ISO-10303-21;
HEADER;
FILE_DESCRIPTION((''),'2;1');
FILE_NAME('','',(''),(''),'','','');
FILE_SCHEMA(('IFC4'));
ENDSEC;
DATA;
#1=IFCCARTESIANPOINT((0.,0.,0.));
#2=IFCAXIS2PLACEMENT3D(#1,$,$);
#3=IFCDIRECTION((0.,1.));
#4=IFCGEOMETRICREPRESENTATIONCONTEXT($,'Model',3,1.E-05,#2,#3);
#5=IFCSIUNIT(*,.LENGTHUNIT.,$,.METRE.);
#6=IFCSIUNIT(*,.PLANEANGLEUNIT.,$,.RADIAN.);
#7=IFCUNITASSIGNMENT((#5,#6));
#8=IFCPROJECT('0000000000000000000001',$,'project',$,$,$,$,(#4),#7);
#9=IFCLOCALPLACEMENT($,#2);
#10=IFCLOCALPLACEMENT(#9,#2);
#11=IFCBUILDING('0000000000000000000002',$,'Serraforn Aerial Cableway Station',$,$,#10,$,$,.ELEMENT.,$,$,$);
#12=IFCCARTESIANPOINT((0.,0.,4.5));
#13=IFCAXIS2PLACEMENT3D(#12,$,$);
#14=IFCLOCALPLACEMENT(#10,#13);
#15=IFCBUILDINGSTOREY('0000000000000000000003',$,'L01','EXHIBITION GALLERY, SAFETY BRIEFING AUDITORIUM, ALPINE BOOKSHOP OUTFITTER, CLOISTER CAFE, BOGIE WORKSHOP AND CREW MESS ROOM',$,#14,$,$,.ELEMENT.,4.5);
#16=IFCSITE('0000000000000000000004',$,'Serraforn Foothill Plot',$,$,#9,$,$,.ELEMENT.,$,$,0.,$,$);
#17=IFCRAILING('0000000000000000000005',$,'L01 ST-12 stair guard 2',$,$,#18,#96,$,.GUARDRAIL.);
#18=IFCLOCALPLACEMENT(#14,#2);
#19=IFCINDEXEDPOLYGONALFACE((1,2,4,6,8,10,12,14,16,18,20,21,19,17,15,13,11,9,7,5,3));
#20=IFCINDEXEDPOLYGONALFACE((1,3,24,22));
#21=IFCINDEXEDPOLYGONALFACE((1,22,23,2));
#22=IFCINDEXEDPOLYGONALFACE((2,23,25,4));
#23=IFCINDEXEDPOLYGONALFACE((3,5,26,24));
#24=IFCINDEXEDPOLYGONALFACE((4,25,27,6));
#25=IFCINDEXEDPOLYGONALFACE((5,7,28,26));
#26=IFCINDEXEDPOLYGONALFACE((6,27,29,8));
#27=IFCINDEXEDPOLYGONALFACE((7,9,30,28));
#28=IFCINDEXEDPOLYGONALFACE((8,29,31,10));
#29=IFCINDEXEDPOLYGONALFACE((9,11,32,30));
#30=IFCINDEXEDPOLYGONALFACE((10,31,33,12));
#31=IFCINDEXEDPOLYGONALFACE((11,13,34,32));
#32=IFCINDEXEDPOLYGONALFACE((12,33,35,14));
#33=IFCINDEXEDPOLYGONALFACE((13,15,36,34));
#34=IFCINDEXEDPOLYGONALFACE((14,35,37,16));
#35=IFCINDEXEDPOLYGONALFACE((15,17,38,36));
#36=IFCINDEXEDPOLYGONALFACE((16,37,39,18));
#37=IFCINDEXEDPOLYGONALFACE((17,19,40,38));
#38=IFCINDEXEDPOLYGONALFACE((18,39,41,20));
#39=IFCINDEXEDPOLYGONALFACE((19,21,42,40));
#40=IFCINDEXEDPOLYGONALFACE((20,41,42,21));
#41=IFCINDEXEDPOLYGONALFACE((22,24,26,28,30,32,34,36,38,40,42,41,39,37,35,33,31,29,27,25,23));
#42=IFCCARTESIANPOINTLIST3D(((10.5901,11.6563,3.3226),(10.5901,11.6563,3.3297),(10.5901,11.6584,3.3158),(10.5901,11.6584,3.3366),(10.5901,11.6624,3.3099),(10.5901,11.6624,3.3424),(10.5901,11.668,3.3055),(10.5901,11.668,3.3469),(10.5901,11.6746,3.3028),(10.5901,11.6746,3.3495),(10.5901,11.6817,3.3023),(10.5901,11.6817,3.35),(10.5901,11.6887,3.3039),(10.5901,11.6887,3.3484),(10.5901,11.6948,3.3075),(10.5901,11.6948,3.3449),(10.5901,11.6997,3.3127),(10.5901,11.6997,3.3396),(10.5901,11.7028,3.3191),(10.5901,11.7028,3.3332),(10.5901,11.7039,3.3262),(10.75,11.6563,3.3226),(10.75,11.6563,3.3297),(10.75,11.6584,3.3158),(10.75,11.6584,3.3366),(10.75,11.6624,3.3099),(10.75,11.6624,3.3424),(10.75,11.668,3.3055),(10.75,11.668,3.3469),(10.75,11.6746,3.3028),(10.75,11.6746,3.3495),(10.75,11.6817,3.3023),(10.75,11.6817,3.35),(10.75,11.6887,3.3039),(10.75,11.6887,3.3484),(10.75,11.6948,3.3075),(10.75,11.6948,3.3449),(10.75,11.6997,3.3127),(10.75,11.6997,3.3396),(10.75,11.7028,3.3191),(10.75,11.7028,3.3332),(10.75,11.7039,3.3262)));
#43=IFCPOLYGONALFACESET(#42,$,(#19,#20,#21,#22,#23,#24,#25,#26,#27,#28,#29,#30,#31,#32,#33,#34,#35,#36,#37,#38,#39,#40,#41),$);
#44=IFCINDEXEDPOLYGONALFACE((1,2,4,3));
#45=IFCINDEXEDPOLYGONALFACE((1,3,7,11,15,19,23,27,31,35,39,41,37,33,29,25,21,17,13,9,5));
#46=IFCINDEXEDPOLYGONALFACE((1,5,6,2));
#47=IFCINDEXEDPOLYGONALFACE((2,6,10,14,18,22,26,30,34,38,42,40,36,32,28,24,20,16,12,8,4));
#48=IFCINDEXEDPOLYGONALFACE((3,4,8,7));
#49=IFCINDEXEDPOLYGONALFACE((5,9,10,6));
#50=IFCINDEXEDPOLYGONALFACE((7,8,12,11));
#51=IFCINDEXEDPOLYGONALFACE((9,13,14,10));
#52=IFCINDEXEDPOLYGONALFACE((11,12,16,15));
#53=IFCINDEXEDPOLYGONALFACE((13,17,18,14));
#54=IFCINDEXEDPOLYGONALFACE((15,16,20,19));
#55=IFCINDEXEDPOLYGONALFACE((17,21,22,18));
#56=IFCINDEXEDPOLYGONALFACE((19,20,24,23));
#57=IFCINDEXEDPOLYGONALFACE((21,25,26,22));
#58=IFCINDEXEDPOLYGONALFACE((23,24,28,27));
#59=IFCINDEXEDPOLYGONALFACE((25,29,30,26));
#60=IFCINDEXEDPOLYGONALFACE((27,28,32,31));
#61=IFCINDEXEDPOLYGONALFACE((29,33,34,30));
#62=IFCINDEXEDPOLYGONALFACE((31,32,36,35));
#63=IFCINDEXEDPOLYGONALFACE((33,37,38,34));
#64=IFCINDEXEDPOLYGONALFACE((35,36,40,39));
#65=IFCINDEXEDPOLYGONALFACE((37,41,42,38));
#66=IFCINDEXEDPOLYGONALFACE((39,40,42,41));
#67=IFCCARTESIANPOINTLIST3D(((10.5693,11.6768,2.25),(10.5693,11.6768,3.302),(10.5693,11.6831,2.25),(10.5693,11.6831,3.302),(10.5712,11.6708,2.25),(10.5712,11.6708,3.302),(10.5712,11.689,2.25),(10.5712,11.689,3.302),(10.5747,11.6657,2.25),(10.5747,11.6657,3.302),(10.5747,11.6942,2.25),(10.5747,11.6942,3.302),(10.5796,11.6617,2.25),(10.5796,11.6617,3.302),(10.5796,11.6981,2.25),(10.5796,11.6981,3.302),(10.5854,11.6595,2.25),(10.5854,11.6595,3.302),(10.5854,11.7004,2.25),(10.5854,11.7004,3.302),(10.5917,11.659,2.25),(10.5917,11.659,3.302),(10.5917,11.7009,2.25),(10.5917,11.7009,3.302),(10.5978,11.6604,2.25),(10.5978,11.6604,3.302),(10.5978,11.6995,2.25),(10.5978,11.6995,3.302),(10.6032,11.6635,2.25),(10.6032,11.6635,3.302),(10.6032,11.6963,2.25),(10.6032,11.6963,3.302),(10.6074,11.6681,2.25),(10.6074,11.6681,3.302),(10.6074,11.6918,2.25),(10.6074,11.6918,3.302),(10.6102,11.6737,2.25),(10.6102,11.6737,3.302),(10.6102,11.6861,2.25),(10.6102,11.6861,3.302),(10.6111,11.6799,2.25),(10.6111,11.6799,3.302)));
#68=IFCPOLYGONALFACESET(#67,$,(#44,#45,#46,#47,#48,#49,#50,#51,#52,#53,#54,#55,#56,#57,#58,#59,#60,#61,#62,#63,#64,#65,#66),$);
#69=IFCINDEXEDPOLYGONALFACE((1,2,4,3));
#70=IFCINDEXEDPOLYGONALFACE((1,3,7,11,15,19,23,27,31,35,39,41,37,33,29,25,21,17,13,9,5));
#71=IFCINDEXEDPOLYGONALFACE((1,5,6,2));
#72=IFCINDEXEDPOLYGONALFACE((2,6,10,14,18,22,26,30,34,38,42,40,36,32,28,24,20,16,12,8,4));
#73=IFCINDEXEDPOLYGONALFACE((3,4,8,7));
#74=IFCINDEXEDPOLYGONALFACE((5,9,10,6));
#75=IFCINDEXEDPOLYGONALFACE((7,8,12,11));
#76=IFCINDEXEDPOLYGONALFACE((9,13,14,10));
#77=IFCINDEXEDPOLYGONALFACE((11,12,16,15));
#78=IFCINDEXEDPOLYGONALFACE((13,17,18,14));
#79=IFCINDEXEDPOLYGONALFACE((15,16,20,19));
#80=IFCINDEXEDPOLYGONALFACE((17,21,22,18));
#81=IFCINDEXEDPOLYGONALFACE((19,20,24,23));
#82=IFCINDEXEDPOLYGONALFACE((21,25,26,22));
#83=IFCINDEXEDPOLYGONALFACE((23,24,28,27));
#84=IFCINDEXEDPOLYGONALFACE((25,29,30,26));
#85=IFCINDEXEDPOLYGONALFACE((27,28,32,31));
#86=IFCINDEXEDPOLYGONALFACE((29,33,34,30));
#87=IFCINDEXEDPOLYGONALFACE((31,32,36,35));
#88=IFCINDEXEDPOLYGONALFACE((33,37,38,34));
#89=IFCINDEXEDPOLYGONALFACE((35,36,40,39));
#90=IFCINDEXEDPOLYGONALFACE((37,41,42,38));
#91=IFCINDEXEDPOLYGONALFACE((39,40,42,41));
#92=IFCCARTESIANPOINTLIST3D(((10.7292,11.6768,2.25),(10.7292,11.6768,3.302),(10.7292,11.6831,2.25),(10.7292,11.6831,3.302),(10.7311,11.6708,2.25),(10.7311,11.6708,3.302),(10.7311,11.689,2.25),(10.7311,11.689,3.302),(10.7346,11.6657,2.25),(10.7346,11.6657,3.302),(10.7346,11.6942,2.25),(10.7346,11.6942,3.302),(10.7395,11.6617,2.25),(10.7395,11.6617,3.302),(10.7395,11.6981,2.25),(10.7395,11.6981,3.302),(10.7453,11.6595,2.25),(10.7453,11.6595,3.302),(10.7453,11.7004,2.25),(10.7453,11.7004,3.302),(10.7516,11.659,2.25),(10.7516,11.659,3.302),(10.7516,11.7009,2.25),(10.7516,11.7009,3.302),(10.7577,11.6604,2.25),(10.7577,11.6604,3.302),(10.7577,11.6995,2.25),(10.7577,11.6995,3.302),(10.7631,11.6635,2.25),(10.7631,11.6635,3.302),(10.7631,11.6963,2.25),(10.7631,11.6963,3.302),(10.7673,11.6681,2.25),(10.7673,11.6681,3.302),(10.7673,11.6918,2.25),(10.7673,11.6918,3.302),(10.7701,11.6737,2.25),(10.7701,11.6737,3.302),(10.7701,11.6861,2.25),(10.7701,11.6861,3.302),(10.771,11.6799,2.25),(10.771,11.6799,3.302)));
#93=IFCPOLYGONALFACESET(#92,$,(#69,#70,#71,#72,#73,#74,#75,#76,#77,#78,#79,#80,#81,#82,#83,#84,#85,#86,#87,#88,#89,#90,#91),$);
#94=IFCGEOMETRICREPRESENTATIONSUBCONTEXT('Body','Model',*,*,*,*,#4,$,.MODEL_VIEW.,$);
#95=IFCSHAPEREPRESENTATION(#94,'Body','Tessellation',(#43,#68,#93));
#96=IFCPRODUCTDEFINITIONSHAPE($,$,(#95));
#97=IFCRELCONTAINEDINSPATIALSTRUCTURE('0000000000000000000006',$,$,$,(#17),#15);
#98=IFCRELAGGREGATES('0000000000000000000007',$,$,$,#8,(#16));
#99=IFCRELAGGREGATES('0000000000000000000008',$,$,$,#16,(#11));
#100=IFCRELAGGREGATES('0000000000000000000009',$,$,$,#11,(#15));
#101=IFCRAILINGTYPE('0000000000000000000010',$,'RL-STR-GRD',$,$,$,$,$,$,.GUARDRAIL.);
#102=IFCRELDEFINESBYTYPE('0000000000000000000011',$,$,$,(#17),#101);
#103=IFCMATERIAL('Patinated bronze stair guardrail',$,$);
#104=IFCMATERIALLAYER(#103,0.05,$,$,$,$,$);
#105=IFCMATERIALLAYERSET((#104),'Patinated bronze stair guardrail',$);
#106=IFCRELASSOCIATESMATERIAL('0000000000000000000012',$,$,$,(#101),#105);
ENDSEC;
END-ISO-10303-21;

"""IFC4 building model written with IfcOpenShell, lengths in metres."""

from ifc_helpers import new_model, si_unit, direction, frame, origin, origin_2d, place, context, subcontext, project, spatial, circle, extrude, material, layer, layer_set, type_object, element, save


model = new_model("IFC4")

# Units and contexts
model_context = context("Model", 3, precision=1e-05, world=origin(), true_north=direction((0.0, 1.0)))
body_context = subcontext(model_context, "Body", "Model", "MODEL_VIEW")
ifc_project = project(units=[si_unit("LENGTHUNIT", "METRE"), si_unit("PLANEANGLEUNIT", "RADIAN")], contexts=[model_context])

# Site, building, storey
site_placement = place(None, origin())
site = spatial("IfcSite", under=ifc_project, at=site_placement, Name="Serraforn Foothill Plot", CompositionType="ELEMENT", RefElevation=0.0)
building_placement = place(site_placement, origin())
building = spatial("IfcBuilding", under=site, at=building_placement, Name="Serraforn Aerial Cableway Station", CompositionType="ELEMENT")
storey_placement = place(building_placement, frame((0.0, 0.0, 4.5)))
storey = spatial("IfcBuildingStorey", under=building, at=storey_placement, Name="L01", Description="EXHIBITION GALLERY, SAFETY BRIEFING AUDITORIUM, ALPINE BOOKSHOP OUTFITTER, CLOISTER CAFE, BOGIE WORKSHOP AND CREW MESS ROOM", CompositionType="ELEMENT", Elevation=4.5)

# Railing
ifc_material_1 = material(Name="Patinated bronze stair guardrail")
ifc_layer_1 = layer(ifc_material_1, 0.05)
ifc_layer_set_1 = layer_set([ifc_layer_1], Name="Patinated bronze stair guardrail")
railing_type_1 = type_object("IfcRailingType", Name="RL-STR-GRD", PredefinedType="GUARDRAIL", material=ifc_layer_set_1)
railing_1_placement = place(storey_placement, frame((10.5901, 11.6799, 2.25)))
element("IfcRailing", 1, at=railing_1_placement, inside=storey, type_object=railing_type_1, Name="L01 ST-12 stair guard 2", PredefinedType="GUARDRAIL", context=body_context, shape_type="SweptSolid", body=[
    extrude(circle(Radius=0.0239, at=origin_2d()), frame((0.0, 0.0, 1.0762), z_axis=(1.0, 0.0, 0.0), x_axis=(0.0, 1.0, 0.0)), (0.0, 0.0, 1.0), 0.1599),
    extrude(circle(Radius=0.021, at=origin_2d()), origin(), (0.0, 0.0, 1.0), 1.052),
    extrude(circle(Radius=0.021, at=origin_2d()), frame((0.1599, 0.0, 0.0)), (0.0, 0.0, 1.0), 1.052),
])

save(model, "model.ifc")
